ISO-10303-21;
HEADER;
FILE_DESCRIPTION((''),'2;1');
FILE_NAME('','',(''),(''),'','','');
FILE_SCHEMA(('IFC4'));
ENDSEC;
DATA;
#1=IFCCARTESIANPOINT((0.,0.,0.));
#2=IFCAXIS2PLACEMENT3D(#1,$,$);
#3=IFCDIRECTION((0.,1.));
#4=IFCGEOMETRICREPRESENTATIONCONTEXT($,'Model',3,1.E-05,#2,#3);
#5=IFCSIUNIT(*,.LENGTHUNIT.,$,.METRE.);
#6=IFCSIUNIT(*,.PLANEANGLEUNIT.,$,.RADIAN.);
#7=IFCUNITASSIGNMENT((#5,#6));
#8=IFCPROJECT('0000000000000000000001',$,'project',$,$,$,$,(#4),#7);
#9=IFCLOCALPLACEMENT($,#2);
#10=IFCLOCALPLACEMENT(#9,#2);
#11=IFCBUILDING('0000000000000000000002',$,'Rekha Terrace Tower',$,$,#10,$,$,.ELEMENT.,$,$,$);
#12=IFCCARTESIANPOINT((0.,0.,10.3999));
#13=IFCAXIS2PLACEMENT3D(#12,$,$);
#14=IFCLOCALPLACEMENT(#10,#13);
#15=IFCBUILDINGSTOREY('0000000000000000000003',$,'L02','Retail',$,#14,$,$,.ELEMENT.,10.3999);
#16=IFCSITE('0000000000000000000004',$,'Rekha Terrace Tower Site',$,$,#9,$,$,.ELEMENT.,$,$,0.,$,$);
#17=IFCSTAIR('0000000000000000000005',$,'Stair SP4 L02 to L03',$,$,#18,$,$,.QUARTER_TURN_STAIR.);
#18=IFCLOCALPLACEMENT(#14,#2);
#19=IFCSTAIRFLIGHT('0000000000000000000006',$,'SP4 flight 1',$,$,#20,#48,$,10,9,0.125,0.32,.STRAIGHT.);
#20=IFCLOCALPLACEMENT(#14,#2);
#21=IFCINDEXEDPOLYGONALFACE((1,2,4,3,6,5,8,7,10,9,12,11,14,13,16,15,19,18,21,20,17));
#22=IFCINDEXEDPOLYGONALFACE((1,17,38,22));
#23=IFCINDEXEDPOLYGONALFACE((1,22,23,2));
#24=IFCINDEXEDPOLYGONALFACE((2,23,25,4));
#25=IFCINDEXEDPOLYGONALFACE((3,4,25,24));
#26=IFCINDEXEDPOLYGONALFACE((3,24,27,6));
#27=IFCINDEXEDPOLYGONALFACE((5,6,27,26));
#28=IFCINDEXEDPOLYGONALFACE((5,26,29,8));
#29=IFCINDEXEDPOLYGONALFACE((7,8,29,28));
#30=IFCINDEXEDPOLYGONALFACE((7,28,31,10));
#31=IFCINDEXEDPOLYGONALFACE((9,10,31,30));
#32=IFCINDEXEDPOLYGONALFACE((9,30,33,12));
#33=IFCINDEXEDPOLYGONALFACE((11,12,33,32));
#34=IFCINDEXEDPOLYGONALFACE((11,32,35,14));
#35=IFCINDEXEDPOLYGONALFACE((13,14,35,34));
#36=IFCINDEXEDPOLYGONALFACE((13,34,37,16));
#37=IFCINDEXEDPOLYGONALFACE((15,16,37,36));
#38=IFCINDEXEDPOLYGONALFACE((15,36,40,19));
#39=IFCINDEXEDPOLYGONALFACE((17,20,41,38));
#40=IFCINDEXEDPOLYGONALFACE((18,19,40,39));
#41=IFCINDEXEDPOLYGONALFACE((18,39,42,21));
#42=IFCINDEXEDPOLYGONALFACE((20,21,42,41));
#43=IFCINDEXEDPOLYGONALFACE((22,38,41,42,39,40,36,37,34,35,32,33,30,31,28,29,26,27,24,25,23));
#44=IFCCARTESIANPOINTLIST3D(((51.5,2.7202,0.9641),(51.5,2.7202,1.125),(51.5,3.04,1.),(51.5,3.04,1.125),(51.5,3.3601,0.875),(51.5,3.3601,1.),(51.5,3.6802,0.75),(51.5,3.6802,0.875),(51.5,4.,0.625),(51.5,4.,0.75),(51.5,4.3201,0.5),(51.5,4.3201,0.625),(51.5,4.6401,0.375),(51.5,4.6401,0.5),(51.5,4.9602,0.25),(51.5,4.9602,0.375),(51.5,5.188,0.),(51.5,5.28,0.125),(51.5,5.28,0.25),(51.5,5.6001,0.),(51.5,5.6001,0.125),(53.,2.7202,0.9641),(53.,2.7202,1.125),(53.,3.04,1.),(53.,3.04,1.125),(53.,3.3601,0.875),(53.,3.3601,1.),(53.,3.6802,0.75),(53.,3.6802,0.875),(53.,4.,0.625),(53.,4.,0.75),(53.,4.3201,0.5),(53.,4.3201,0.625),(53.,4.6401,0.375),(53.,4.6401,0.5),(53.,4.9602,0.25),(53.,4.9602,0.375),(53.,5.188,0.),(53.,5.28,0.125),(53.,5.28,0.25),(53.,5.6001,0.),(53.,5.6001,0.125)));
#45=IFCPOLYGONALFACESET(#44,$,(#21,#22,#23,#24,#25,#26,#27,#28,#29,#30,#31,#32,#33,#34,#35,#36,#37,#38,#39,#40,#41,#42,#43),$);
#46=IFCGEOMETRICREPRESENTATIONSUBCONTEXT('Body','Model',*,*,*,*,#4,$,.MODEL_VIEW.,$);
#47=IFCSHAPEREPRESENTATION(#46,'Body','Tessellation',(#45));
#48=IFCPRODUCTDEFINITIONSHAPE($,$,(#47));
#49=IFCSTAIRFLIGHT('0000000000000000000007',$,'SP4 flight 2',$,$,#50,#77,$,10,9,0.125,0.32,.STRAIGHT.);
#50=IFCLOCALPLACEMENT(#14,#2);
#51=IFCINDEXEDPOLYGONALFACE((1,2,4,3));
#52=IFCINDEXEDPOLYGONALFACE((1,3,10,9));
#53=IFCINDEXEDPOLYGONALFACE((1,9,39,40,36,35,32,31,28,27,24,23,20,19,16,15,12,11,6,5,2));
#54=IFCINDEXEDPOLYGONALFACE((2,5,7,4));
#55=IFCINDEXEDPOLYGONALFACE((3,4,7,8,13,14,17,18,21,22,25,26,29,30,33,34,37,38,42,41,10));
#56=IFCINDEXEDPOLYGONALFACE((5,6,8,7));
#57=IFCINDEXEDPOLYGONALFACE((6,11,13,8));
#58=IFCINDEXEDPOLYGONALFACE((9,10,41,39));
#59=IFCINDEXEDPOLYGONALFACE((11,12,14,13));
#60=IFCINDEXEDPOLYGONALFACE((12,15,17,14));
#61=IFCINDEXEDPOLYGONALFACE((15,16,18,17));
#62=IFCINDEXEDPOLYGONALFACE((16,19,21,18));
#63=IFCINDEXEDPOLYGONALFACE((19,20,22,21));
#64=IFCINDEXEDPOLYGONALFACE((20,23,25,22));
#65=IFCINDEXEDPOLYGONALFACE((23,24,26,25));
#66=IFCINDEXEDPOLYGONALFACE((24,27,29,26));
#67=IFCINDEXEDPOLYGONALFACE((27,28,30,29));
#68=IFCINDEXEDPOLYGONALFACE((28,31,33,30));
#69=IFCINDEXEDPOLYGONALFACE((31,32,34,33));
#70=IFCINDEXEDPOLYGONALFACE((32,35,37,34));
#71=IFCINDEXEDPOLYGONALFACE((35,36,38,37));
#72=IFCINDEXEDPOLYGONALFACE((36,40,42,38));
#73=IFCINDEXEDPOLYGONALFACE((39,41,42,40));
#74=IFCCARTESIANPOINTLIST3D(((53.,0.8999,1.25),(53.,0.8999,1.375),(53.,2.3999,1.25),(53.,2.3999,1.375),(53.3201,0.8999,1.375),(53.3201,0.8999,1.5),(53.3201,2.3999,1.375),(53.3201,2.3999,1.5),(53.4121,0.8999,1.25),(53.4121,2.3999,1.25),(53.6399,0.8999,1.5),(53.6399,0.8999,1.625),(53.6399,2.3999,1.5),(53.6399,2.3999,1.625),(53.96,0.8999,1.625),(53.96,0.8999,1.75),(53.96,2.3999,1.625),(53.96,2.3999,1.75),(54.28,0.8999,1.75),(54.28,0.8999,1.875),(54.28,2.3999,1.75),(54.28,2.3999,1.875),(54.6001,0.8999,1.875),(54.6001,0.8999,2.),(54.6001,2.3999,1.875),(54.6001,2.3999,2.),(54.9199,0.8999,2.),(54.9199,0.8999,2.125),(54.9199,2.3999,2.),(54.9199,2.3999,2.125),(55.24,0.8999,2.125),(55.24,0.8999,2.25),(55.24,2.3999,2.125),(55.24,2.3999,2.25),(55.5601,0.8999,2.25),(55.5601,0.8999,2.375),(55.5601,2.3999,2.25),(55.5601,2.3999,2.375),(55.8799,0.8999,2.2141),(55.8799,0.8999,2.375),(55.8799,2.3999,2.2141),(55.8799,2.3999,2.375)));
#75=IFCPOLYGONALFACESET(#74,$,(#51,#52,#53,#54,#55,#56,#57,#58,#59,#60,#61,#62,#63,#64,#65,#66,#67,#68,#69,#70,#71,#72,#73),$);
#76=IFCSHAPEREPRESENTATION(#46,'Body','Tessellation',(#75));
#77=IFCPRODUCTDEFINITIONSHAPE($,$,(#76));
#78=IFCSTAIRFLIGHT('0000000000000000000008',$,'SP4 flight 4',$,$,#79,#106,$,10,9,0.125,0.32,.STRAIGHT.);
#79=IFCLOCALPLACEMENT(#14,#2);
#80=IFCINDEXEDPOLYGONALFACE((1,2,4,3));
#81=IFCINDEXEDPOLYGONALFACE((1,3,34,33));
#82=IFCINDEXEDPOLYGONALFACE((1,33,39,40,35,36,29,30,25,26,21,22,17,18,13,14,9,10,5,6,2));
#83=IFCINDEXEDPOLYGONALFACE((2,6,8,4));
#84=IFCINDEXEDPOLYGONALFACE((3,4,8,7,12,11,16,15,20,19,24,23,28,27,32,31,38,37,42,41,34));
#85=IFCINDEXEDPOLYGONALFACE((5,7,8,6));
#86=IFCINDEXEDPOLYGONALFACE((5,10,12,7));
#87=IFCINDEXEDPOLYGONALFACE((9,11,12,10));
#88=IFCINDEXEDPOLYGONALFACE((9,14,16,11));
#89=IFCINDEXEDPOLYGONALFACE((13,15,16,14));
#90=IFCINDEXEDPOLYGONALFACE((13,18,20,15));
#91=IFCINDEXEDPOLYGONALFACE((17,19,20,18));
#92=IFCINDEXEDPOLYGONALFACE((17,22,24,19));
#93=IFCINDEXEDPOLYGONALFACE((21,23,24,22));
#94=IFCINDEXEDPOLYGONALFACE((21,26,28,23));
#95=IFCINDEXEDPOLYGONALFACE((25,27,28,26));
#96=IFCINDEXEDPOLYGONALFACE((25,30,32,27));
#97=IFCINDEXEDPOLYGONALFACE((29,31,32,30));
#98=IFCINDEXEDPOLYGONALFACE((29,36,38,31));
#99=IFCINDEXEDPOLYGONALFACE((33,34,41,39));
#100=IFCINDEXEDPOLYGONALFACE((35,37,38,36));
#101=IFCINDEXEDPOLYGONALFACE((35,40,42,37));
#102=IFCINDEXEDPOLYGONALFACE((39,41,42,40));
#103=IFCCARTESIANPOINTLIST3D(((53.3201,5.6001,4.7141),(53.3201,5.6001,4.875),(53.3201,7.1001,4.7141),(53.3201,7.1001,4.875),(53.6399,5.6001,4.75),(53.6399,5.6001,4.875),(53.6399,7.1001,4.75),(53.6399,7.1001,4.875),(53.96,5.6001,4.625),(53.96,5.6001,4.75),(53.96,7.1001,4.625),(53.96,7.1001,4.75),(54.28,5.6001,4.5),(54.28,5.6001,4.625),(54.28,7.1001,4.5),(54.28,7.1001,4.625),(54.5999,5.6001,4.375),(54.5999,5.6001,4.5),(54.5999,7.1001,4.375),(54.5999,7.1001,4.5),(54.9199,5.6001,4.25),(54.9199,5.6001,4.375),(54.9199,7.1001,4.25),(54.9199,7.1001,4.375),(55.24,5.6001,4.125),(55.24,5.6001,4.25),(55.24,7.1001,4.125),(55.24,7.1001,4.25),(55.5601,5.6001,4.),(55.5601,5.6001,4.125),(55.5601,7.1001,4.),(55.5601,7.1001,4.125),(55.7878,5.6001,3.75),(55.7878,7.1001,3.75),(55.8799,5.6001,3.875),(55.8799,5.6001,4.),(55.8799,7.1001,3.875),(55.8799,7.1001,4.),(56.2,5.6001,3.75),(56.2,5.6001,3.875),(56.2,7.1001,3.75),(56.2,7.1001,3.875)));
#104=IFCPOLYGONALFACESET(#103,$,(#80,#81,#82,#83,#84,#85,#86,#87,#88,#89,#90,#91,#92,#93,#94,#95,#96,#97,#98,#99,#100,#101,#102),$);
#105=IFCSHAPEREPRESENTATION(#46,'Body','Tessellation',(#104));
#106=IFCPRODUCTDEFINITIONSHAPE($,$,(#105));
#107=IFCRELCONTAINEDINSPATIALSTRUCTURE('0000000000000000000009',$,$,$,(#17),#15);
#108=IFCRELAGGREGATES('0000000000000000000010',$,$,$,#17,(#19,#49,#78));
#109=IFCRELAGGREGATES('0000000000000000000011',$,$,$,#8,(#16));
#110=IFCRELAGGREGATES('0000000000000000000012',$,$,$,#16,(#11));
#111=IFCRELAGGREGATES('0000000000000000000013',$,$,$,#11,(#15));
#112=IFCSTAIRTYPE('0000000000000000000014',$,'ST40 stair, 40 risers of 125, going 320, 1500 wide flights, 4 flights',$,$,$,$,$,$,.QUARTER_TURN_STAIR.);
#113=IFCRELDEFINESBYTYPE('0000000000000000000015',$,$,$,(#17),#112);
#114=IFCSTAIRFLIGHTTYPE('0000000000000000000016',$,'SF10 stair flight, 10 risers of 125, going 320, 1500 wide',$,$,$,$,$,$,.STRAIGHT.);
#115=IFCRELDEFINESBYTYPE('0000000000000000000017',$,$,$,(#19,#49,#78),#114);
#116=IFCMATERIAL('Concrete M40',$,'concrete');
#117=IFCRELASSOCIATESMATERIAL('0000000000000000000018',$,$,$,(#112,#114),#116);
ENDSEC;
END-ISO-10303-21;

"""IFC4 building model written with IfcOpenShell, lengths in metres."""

from ifc_helpers import new_model, si_unit, direction, frame, origin, place, context, subcontext, project, spatial, polyline, outline, extrude, material, type_object, element, aggregate, save


model = new_model("IFC4")

# Units and contexts
model_context = context("Model", 3, precision=1e-05, world=origin(), true_north=direction((0.0, 1.0)))
body_context = subcontext(model_context, "Body", "Model", "MODEL_VIEW")
ifc_project = project(units=[si_unit("LENGTHUNIT", "METRE"), si_unit("PLANEANGLEUNIT", "RADIAN")], contexts=[model_context])

# Site, building, storey
site_placement = place(None, origin())
site = spatial("IfcSite", under=ifc_project, at=site_placement, Name="Rekha Terrace Tower Site", CompositionType="ELEMENT", RefElevation=0.0)
building_placement = place(site_placement, origin())
building = spatial("IfcBuilding", under=site, at=building_placement, Name="Rekha Terrace Tower", CompositionType="ELEMENT")
storey_placement = place(building_placement, frame((0.0, 0.0, 10.3999)))
storey = spatial("IfcBuildingStorey", under=building, at=storey_placement, Name="L02", Description="Retail", CompositionType="ELEMENT", Elevation=10.3999)

# Stair, stair flights
ifc_material_1 = material(Name="Concrete M40", Category="concrete")
stair_type = type_object("IfcStairType", Name="ST40 stair, 40 risers of 125, going 320, 1500 wide flights, 4 flights", PredefinedType="QUARTER_TURN_STAIR", material=ifc_material_1)
stair_placement = place(storey_placement, origin())
stair = element("IfcStair", 1, at=stair_placement, inside=storey, type_object=stair_type, Name="Stair SP4 L02 to L03", PredefinedType="QUARTER_TURN_STAIR")
stair_flight_type = type_object("IfcStairFlightType", Name="SF10 stair flight, 10 risers of 125, going 320, 1500 wide", PredefinedType="STRAIGHT", material=ifc_material_1)
stair_flight_1_placement = place(storey_placement, frame((52.25, 5.6001, 0.0), z_axis=(0.0, 0.0, 1.0), x_axis=(0.0, -1.0, 0.0)))
stair_flight_1 = element("IfcStairFlight", 2, at=stair_flight_1_placement, type_object=stair_flight_type, Name="SP4 flight 1", NumberOfRisers=10, NumberOfTreads=9, PredefinedType="STRAIGHT", RiserHeight=0.125, TreadLength=0.32, context=body_context, shape_type="SweptSolid", body=[
    extrude(outline(polyline([(0.0, 0.0), (0.0, 0.125), (0.3201, 0.125), (0.3201, 0.25), (0.6399, 0.25), (0.6399, 0.375), (0.96, 0.375), (0.96, 0.5), (1.28, 0.5), (1.28, 0.625), (1.6001, 0.625), (1.6001, 0.75), (1.9199, 0.75), (1.9199, 0.875), (2.24, 0.875), (2.24, 1.0), (2.5601, 1.0), (2.5601, 1.125), (2.8799, 1.125), (2.8799, 1.25), (2.8799, 0.9641), (0.4121, 0.0), (0.0, 0.0)])), frame((0.0, 0.75, 0.0), z_axis=(0.0, -1.0, 0.0), x_axis=(1.0, 0.0, 0.0)), (0.0, 0.0, 1.0), 1.5),
])
stair_flight_2_placement = place(storey_placement, frame((53.0, 1.6499, 1.25), z_axis=(0.0, 0.0, 1.0), x_axis=(1.0, 0.0, 0.0)))
stair_flight_2 = element("IfcStairFlight", 3, at=stair_flight_2_placement, type_object=stair_flight_type, Name="SP4 flight 2", NumberOfRisers=10, NumberOfTreads=9, PredefinedType="STRAIGHT", RiserHeight=0.125, TreadLength=0.32, context=body_context, shape_type="SweptSolid", body=[
    extrude(outline(polyline([(0.0, 0.0), (0.0, 0.125), (0.3201, 0.125), (0.3201, 0.25), (0.6399, 0.25), (0.6399, 0.375), (0.96, 0.375), (0.96, 0.5), (1.28, 0.5), (1.28, 0.625), (1.6001, 0.625), (1.6001, 0.75), (1.9199, 0.75), (1.9199, 0.875), (2.24, 0.875), (2.24, 1.0), (2.5601, 1.0), (2.5601, 1.125), (2.8799, 1.125), (2.8799, 1.25), (2.8799, 0.9641), (0.4121, 0.0), (0.0, 0.0)])), frame((0.0, 0.75, 0.0), z_axis=(0.0, -1.0, 0.0), x_axis=(1.0, 0.0, 0.0)), (0.0, 0.0, 1.0), 1.5),
])
stair_flight_3_placement = place(storey_placement, frame((56.2, 6.3501, 3.75), z_axis=(0.0, 0.0, 1.0), x_axis=(-1.0, 0.0, 0.0)))
stair_flight_3 = element("IfcStairFlight", 4, at=stair_flight_3_placement, type_object=stair_flight_type, Name="SP4 flight 4", NumberOfRisers=10, NumberOfTreads=9, PredefinedType="STRAIGHT", RiserHeight=0.125, TreadLength=0.32, context=body_context, shape_type="SweptSolid", body=[
    extrude(outline(polyline([(0.0, 0.0), (0.0, 0.125), (0.3201, 0.125), (0.3201, 0.25), (0.6399, 0.25), (0.6399, 0.375), (0.96, 0.375), (0.96, 0.5), (1.28, 0.5), (1.28, 0.625), (1.6001, 0.625), (1.6001, 0.75), (1.9199, 0.75), (1.9199, 0.875), (2.24, 0.875), (2.24, 1.0), (2.5601, 1.0), (2.5601, 1.125), (2.8799, 1.125), (2.8799, 1.25), (2.8799, 0.9641), (0.4121, 0.0), (0.0, 0.0)])), frame((0.0, 0.75, 0.0), z_axis=(0.0, -1.0, 0.0), x_axis=(1.0, 0.0, 0.0)), (0.0, 0.0, 1.0), 1.5),
])
aggregate(stair, [stair_flight_1, stair_flight_2, stair_flight_3])

save(model, "model.ifc")
